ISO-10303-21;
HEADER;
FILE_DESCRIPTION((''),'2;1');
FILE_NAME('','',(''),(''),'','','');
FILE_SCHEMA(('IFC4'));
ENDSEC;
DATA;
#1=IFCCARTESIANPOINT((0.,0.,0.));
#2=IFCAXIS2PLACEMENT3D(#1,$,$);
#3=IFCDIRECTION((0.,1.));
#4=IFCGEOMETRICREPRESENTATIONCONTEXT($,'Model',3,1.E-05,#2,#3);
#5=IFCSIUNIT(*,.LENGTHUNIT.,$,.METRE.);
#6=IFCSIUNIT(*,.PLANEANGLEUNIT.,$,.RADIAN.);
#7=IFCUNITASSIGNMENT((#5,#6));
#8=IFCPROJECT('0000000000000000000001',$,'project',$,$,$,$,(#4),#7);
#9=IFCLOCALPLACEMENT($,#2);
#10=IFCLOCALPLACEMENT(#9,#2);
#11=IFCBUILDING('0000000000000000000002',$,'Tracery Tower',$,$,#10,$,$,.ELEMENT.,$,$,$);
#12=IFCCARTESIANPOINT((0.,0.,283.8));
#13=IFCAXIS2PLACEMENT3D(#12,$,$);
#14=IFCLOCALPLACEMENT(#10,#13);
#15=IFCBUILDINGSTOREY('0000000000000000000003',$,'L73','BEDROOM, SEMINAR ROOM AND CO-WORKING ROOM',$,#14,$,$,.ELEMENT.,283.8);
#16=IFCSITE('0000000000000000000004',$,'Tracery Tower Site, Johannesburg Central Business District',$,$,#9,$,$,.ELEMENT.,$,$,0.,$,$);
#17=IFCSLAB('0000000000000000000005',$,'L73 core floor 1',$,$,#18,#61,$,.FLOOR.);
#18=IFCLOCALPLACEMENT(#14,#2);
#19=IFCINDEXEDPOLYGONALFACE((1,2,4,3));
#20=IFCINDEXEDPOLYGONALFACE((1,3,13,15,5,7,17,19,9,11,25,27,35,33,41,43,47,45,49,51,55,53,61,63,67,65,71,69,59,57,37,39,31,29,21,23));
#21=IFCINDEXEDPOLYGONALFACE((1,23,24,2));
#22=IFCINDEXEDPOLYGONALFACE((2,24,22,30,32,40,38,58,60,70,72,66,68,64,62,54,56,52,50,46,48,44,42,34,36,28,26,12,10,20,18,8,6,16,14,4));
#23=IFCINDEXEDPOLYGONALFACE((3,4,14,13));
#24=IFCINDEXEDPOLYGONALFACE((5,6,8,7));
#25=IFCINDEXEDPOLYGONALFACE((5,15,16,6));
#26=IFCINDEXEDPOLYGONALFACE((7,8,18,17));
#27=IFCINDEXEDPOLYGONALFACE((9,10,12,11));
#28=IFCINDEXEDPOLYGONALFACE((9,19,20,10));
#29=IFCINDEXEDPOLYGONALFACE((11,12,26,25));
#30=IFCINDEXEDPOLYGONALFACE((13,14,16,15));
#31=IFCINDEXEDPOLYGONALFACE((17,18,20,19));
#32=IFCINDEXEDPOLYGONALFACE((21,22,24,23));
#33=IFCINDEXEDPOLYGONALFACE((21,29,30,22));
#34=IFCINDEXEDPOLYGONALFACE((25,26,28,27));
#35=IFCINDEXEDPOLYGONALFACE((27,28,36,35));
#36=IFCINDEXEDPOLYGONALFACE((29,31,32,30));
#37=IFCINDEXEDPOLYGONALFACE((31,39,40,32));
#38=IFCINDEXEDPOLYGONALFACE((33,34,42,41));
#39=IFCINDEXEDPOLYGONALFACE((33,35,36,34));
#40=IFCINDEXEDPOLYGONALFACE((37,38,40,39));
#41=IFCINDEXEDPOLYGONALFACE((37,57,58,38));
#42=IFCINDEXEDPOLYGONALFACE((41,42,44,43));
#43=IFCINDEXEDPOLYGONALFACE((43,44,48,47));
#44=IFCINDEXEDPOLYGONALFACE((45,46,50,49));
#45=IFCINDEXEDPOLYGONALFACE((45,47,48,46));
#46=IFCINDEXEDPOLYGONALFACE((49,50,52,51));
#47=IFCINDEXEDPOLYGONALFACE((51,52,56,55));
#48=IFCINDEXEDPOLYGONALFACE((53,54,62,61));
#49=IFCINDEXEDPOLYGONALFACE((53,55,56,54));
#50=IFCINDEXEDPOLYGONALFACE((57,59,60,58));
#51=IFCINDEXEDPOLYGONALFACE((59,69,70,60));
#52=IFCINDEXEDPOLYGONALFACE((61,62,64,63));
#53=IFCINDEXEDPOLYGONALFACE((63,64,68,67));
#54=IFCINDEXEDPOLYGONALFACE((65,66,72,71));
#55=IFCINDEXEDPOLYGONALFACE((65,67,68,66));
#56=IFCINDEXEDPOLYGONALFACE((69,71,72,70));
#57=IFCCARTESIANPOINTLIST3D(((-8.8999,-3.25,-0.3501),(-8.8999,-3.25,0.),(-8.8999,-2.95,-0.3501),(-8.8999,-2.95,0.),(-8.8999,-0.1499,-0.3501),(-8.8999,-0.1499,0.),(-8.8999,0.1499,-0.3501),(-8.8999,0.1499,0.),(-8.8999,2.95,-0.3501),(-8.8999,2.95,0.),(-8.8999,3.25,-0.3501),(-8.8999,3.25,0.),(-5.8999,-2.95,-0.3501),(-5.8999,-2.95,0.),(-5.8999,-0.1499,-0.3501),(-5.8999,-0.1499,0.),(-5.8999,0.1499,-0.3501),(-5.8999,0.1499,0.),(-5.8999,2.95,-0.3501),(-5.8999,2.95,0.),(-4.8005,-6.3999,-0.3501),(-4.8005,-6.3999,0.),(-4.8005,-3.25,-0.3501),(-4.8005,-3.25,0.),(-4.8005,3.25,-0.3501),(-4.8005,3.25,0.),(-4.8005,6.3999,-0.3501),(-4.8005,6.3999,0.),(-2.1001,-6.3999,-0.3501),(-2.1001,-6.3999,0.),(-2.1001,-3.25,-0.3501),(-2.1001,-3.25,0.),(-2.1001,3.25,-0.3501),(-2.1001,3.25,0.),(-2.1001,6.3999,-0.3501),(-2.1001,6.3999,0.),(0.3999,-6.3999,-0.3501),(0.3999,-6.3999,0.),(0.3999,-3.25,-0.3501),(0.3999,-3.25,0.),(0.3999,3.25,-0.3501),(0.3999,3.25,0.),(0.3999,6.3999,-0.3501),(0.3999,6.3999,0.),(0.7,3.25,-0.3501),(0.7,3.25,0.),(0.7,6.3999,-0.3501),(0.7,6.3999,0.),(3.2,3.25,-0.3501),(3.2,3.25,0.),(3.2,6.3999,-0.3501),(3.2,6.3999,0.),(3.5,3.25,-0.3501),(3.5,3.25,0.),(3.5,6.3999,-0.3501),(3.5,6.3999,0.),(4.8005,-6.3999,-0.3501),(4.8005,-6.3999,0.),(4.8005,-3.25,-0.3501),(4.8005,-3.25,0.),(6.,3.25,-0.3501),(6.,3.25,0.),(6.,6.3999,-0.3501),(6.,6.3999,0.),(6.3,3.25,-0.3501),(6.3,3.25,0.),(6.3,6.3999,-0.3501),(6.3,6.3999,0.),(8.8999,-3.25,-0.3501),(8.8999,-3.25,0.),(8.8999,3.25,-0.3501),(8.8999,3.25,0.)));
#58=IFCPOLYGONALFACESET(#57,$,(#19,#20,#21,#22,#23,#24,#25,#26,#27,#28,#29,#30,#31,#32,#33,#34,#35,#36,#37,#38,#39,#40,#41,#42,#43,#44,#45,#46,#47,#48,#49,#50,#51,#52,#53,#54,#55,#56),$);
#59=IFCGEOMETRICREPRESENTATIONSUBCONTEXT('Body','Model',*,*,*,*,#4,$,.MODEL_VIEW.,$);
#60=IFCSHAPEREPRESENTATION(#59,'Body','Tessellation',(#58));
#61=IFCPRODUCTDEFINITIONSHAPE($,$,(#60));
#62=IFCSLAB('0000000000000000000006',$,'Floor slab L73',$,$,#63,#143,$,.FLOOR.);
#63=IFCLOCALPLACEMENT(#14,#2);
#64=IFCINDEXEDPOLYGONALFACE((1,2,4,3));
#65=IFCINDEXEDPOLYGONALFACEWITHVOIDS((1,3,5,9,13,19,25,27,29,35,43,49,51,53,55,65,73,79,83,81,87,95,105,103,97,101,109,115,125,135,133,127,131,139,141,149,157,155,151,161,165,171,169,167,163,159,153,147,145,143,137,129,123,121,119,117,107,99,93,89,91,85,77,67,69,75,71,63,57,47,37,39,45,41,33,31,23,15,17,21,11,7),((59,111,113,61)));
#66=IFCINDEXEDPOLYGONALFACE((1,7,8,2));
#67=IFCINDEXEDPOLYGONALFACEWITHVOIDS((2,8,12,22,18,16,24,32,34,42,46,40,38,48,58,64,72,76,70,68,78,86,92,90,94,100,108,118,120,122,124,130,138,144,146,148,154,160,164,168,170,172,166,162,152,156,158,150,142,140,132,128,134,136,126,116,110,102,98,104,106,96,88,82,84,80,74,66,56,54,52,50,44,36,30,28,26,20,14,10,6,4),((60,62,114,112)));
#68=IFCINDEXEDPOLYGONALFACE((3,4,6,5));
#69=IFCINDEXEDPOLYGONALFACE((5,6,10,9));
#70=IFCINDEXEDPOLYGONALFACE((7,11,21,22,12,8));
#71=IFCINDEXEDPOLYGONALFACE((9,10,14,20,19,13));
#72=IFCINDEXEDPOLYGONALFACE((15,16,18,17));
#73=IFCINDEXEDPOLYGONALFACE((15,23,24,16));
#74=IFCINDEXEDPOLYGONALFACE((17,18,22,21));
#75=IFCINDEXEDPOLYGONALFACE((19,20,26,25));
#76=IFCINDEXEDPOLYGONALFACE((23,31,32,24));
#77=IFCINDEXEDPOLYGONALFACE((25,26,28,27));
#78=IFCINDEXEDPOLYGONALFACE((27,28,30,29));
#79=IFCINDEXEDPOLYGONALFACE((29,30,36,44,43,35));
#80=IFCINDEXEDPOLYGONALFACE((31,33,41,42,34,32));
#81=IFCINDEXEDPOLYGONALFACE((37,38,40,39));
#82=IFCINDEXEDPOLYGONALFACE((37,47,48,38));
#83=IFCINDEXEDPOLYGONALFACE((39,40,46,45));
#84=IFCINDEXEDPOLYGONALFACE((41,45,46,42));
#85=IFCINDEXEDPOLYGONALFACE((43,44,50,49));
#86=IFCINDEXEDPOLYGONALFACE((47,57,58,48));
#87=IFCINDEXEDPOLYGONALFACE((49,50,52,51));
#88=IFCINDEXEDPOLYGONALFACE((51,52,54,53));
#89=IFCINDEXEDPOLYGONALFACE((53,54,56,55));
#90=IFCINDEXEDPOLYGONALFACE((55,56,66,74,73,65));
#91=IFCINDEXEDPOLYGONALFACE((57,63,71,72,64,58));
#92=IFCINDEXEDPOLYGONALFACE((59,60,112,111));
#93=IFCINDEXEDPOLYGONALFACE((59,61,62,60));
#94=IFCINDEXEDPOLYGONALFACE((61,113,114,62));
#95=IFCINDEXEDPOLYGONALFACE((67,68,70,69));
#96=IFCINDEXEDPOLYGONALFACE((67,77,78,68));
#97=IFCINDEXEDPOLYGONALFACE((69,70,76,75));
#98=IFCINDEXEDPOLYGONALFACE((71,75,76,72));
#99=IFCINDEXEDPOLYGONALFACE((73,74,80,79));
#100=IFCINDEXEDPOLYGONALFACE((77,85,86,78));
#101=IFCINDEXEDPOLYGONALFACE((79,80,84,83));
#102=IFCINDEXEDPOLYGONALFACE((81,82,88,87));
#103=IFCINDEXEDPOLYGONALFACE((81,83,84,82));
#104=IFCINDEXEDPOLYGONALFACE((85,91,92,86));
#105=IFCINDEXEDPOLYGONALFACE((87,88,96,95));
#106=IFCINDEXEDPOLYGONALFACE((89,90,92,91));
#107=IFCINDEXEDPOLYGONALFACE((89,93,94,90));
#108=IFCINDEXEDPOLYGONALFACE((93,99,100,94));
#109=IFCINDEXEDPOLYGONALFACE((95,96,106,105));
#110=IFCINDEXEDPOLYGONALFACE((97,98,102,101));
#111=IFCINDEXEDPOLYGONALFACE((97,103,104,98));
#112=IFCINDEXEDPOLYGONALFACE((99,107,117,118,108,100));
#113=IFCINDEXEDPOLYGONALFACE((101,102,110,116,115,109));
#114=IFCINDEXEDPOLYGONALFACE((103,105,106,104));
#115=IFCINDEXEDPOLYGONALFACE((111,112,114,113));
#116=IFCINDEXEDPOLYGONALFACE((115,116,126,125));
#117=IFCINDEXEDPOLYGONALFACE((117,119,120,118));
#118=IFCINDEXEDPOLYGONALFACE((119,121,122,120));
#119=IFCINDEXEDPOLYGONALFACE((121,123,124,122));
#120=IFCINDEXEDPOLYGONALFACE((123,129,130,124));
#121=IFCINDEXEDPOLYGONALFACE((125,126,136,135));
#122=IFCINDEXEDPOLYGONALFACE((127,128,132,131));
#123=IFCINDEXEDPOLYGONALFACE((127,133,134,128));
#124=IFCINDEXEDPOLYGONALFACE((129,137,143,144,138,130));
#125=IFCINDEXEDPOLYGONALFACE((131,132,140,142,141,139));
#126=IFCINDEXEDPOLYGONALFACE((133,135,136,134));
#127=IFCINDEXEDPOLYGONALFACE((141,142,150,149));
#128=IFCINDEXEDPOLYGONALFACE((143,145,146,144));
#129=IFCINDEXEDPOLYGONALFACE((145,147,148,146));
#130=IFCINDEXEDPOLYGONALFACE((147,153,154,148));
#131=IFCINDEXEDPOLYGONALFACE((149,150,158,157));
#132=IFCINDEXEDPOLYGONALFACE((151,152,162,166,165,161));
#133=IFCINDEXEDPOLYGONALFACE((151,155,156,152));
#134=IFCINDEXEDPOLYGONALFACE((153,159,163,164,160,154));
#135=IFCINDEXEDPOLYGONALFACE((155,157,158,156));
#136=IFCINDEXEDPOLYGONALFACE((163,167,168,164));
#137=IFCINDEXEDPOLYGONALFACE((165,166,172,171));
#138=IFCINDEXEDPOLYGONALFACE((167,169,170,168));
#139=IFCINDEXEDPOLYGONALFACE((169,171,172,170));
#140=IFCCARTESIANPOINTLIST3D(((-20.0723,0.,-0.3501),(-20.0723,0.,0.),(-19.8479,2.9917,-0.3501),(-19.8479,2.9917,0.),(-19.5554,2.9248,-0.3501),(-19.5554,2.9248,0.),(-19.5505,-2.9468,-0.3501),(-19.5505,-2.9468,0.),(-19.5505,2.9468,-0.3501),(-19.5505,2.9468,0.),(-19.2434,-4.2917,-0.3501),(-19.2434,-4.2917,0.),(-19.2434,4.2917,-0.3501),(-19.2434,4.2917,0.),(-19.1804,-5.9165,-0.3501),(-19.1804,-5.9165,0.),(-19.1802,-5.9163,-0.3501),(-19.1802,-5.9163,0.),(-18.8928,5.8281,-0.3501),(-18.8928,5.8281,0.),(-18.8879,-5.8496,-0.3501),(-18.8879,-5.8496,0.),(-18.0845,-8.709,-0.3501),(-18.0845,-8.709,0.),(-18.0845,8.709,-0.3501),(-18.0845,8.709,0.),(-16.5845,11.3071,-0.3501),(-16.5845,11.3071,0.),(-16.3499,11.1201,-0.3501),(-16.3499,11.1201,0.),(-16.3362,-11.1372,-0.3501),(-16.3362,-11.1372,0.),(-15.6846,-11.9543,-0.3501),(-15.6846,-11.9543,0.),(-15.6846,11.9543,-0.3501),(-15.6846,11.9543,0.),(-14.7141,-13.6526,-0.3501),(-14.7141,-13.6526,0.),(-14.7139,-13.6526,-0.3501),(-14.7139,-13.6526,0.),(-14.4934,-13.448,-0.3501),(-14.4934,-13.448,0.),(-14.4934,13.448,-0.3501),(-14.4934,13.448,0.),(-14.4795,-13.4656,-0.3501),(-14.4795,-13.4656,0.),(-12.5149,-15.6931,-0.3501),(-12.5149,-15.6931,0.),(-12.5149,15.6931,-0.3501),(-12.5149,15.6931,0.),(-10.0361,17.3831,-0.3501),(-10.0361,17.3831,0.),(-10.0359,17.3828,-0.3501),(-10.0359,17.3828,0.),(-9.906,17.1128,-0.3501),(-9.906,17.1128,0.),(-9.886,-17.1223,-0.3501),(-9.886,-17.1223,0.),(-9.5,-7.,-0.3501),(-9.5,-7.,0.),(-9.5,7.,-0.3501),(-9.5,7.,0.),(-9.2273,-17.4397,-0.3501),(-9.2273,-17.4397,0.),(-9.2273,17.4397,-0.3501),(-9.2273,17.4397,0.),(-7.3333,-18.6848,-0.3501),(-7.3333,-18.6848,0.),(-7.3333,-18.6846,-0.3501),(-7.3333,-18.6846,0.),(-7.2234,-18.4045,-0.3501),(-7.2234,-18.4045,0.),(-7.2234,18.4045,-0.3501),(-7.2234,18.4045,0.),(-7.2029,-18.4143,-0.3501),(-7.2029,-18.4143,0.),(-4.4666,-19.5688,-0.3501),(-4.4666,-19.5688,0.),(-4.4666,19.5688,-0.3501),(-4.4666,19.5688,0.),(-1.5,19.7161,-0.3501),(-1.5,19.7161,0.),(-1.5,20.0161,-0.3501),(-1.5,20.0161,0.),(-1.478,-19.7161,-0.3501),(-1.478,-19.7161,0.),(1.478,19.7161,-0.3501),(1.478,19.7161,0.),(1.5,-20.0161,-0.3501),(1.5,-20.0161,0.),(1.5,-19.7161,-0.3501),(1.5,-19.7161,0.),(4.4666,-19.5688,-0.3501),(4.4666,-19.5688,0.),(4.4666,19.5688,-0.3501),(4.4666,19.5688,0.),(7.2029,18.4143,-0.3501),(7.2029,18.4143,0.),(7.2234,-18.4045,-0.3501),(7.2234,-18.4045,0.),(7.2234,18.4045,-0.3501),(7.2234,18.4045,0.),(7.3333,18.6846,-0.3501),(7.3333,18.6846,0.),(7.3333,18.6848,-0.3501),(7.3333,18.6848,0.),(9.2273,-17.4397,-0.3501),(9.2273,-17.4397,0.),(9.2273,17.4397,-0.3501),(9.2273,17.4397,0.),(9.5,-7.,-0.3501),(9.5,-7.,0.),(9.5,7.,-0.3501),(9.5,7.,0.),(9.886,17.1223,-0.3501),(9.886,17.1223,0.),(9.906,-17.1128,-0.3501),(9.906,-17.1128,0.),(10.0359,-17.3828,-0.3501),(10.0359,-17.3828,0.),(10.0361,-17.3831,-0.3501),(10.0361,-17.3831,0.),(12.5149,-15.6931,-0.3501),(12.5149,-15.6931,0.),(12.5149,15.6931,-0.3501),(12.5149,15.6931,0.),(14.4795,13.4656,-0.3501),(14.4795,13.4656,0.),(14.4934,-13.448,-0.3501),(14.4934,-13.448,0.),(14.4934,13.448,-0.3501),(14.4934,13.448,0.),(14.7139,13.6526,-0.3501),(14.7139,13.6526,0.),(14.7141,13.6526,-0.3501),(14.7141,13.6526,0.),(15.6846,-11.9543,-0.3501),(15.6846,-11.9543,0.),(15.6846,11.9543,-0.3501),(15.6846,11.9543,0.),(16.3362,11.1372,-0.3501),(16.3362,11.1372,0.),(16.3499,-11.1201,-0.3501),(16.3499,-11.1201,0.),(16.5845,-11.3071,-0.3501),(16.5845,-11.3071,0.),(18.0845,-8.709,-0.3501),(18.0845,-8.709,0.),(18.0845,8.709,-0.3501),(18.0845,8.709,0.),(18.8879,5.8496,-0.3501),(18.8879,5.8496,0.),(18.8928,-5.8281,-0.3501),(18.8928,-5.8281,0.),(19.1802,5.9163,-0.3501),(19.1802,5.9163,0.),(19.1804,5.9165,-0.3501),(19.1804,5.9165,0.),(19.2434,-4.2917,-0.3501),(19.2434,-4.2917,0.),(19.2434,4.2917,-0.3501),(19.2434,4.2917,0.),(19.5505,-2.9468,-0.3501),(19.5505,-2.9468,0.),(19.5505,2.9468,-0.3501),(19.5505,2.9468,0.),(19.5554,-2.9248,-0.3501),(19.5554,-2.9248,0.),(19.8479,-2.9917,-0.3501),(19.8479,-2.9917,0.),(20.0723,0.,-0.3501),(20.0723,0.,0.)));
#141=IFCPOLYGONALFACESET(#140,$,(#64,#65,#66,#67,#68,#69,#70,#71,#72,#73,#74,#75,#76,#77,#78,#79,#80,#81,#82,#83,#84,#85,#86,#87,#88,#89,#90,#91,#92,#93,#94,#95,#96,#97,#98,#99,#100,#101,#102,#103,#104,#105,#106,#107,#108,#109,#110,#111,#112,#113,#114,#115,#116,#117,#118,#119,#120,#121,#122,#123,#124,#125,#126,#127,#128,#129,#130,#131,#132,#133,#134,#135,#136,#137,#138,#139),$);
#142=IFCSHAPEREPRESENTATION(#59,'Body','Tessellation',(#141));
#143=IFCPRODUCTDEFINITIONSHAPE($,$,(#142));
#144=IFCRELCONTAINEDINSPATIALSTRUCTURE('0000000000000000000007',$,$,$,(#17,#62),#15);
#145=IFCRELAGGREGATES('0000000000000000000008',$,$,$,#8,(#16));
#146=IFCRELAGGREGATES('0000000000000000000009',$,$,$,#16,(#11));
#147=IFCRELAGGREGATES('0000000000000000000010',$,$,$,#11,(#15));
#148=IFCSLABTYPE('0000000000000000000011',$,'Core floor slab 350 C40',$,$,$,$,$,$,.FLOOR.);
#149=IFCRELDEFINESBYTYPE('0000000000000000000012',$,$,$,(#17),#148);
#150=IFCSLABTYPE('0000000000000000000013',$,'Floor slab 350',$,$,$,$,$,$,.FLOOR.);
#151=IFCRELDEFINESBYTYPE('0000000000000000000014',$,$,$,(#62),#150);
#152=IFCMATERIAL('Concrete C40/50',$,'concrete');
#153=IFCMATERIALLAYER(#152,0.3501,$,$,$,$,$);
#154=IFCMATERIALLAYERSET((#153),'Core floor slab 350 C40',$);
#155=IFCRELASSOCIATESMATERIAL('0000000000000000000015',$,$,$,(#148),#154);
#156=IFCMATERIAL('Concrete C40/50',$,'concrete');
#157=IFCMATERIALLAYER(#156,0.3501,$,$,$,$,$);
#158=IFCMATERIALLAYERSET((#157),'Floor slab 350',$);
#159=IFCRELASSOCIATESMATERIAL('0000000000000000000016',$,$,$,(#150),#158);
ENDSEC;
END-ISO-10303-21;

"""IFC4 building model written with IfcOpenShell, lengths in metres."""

from ifc_helpers import new_model, si_unit, direction, frame, origin, place, context, subcontext, project, spatial, polyline, outline, extrude, material, layer, layer_set, type_object, element, save


model = new_model("IFC4")

# Units and contexts
model_context = context("Model", 3, precision=1e-05, world=origin(), true_north=direction((0.0, 1.0)))
body_context = subcontext(model_context, "Body", "Model", "MODEL_VIEW")
ifc_project = project(units=[si_unit("LENGTHUNIT", "METRE"), si_unit("PLANEANGLEUNIT", "RADIAN")], contexts=[model_context])

# Site, building, storey
site_placement = place(None, origin())
site = spatial("IfcSite", under=ifc_project, at=site_placement, Name="Tracery Tower Site, Johannesburg Central Business District", CompositionType="ELEMENT", RefElevation=0.0)
building_placement = place(site_placement, origin())
building = spatial("IfcBuilding", under=site, at=building_placement, Name="Tracery Tower", CompositionType="ELEMENT")
storey_placement = place(building_placement, frame((0.0, 0.0, 283.8)))
storey = spatial("IfcBuildingStorey", under=building, at=storey_placement, Name="L73", Description="BEDROOM, SEMINAR ROOM AND CO-WORKING ROOM", CompositionType="ELEMENT", Elevation=283.8)

# Slabs
ifc_material_1 = material(Name="Concrete C40/50", Category="concrete")
ifc_layer_1 = layer(ifc_material_1, 0.3501)
ifc_layer_set_1 = layer_set([ifc_layer_1], Name="Core floor slab 350 C40")
slab_type_1 = type_object("IfcSlabType", Name="Core floor slab 350 C40", PredefinedType="FLOOR", material=ifc_layer_set_1)
slab_1_placement = place(storey_placement, frame((0.0, 0.0, -0.3501)))
element("IfcSlab", 1, at=slab_1_placement, inside=storey, type_object=slab_type_1, Name="L73 core floor 1", PredefinedType="FLOOR", context=body_context, shape_type="SweptSolid", body=[
    extrude(outline(polyline([(-4.8005, -3.25), (-8.8999, -3.25), (-8.8999, -2.95), (-5.8999, -2.95), (-5.8999, -0.1499), (-8.8999, -0.1499), (-8.8999, 0.1499), (-5.8999, 0.1499), (-5.8999, 2.95), (-8.8999, 2.95), (-8.8999, 3.25), (-4.8005, 3.25), (-4.8005, 6.3999), (-2.1001, 6.3999), (-2.1001, 3.25), (0.3999, 3.25), (0.3999, 6.3999), (0.7, 6.3999), (0.7, 3.25), (3.2, 3.25), (3.2, 6.3999), (3.5, 6.3999), (3.5, 3.25), (6.0, 3.25), (6.0, 6.3999), (6.3, 6.3999), (6.3, 3.25), (8.8999, 3.25), (8.8999, -3.25), (4.8005, -3.25), (4.8005, -6.3999), (0.3999, -6.3999), (0.3999, -3.25), (-2.1001, -3.25), (-2.1001, -6.3999), (-4.8005, -6.3999), (-4.8005, -3.25)])), origin(), (0.0, 0.0, 1.0), 0.3501),
])
ifc_material_2 = material(Name="Concrete C40/50", Category="concrete")
ifc_layer_2 = layer(ifc_material_2, 0.3501)
ifc_layer_set_2 = layer_set([ifc_layer_2], Name="Floor slab 350")
slab_type_2 = type_object("IfcSlabType", Name="Floor slab 350", PredefinedType="FLOOR", material=ifc_layer_set_2)
slab_2_placement = place(storey_placement, frame((0.0, 0.0, -0.3501)))
element("IfcSlab", 2, at=slab_2_placement, inside=storey, type_object=slab_type_2, Name="Floor slab L73", PredefinedType="FLOOR", context=body_context, shape_type="SweptSolid", body=[
    extrude(outline(polyline([(19.2434, 4.2917), (18.8879, 5.8496), (19.1802, 5.9163), (19.1804, 5.9165), (18.0845, 8.709), (16.3362, 11.1372), (15.6846, 11.9543), (14.4934, 13.448), (14.4934, 13.448), (14.4795, 13.4656), (14.7139, 13.6526), (14.7141, 13.6526), (12.5149, 15.6931), (9.886, 17.1223), (9.2273, 17.4397), (7.2234, 18.4045), (7.2234, 18.4045), (7.2029, 18.4143), (7.3333, 18.6846), (7.3333, 18.6848), (4.4666, 19.5688), (1.478, 19.7161), (-1.5, 19.7161), (-1.5, 20.0161), (-1.5, 20.0161), (-4.4666, 19.5688), (-7.2234, 18.4045), (-9.2273, 17.4397), (-9.906, 17.1128), (-10.0359, 17.3828), (-10.0361, 17.3831), (-12.5149, 15.6931), (-14.4934, 13.448), (-15.6846, 11.9543), (-16.3499, 11.1201), (-16.5845, 11.3071), (-18.0845, 8.709), (-18.8928, 5.8281), (-19.2434, 4.2917), (-19.5505, 2.9468), (-19.5505, 2.9468), (-19.5554, 2.9248), (-19.8479, 2.9917), (-19.8479, 2.9917), (-20.0723, 0.0), (-19.5505, -2.9468), (-19.2434, -4.2917), (-18.8879, -5.8496), (-19.1802, -5.9163), (-19.1804, -5.9165), (-18.0845, -8.709), (-16.3362, -11.1372), (-15.6846, -11.9543), (-14.4934, -13.448), (-14.4934, -13.448), (-14.4795, -13.4656), (-14.7139, -13.6526), (-14.7141, -13.6526), (-12.5149, -15.6931), (-9.886, -17.1223), (-9.2273, -17.4397), (-7.2234, -18.4045), (-7.2234, -18.4045), (-7.2029, -18.4143), (-7.3333, -18.6846), (-7.3333, -18.6848), (-4.4666, -19.5688), (-1.478, -19.7161), (1.5, -19.7161), (1.5, -20.0161), (1.5, -20.0161), (4.4666, -19.5688), (7.2234, -18.4045), (9.2273, -17.4397), (9.906, -17.1128), (10.0359, -17.3828), (10.0361, -17.3831), (12.5149, -15.6931), (14.4934, -13.448), (15.6846, -11.9543), (16.3499, -11.1201), (16.5845, -11.3071), (18.0845, -8.709), (18.8928, -5.8281), (19.2434, -4.2917), (19.5505, -2.9468), (19.5505, -2.9468), (19.5554, -2.9248), (19.8479, -2.9917), (19.8479, -2.9917), (20.0723, 0.0), (19.5505, 2.9468), (19.2434, 4.2917)]), holes=[polyline([(-9.5, -7.0), (9.5, -7.0), (9.5, 7.0), (-9.5, 7.0), (-9.5, -7.0)])]), origin(), (0.0, 0.0, 1.0), 0.3501),
])

save(model, "model.ifc")
